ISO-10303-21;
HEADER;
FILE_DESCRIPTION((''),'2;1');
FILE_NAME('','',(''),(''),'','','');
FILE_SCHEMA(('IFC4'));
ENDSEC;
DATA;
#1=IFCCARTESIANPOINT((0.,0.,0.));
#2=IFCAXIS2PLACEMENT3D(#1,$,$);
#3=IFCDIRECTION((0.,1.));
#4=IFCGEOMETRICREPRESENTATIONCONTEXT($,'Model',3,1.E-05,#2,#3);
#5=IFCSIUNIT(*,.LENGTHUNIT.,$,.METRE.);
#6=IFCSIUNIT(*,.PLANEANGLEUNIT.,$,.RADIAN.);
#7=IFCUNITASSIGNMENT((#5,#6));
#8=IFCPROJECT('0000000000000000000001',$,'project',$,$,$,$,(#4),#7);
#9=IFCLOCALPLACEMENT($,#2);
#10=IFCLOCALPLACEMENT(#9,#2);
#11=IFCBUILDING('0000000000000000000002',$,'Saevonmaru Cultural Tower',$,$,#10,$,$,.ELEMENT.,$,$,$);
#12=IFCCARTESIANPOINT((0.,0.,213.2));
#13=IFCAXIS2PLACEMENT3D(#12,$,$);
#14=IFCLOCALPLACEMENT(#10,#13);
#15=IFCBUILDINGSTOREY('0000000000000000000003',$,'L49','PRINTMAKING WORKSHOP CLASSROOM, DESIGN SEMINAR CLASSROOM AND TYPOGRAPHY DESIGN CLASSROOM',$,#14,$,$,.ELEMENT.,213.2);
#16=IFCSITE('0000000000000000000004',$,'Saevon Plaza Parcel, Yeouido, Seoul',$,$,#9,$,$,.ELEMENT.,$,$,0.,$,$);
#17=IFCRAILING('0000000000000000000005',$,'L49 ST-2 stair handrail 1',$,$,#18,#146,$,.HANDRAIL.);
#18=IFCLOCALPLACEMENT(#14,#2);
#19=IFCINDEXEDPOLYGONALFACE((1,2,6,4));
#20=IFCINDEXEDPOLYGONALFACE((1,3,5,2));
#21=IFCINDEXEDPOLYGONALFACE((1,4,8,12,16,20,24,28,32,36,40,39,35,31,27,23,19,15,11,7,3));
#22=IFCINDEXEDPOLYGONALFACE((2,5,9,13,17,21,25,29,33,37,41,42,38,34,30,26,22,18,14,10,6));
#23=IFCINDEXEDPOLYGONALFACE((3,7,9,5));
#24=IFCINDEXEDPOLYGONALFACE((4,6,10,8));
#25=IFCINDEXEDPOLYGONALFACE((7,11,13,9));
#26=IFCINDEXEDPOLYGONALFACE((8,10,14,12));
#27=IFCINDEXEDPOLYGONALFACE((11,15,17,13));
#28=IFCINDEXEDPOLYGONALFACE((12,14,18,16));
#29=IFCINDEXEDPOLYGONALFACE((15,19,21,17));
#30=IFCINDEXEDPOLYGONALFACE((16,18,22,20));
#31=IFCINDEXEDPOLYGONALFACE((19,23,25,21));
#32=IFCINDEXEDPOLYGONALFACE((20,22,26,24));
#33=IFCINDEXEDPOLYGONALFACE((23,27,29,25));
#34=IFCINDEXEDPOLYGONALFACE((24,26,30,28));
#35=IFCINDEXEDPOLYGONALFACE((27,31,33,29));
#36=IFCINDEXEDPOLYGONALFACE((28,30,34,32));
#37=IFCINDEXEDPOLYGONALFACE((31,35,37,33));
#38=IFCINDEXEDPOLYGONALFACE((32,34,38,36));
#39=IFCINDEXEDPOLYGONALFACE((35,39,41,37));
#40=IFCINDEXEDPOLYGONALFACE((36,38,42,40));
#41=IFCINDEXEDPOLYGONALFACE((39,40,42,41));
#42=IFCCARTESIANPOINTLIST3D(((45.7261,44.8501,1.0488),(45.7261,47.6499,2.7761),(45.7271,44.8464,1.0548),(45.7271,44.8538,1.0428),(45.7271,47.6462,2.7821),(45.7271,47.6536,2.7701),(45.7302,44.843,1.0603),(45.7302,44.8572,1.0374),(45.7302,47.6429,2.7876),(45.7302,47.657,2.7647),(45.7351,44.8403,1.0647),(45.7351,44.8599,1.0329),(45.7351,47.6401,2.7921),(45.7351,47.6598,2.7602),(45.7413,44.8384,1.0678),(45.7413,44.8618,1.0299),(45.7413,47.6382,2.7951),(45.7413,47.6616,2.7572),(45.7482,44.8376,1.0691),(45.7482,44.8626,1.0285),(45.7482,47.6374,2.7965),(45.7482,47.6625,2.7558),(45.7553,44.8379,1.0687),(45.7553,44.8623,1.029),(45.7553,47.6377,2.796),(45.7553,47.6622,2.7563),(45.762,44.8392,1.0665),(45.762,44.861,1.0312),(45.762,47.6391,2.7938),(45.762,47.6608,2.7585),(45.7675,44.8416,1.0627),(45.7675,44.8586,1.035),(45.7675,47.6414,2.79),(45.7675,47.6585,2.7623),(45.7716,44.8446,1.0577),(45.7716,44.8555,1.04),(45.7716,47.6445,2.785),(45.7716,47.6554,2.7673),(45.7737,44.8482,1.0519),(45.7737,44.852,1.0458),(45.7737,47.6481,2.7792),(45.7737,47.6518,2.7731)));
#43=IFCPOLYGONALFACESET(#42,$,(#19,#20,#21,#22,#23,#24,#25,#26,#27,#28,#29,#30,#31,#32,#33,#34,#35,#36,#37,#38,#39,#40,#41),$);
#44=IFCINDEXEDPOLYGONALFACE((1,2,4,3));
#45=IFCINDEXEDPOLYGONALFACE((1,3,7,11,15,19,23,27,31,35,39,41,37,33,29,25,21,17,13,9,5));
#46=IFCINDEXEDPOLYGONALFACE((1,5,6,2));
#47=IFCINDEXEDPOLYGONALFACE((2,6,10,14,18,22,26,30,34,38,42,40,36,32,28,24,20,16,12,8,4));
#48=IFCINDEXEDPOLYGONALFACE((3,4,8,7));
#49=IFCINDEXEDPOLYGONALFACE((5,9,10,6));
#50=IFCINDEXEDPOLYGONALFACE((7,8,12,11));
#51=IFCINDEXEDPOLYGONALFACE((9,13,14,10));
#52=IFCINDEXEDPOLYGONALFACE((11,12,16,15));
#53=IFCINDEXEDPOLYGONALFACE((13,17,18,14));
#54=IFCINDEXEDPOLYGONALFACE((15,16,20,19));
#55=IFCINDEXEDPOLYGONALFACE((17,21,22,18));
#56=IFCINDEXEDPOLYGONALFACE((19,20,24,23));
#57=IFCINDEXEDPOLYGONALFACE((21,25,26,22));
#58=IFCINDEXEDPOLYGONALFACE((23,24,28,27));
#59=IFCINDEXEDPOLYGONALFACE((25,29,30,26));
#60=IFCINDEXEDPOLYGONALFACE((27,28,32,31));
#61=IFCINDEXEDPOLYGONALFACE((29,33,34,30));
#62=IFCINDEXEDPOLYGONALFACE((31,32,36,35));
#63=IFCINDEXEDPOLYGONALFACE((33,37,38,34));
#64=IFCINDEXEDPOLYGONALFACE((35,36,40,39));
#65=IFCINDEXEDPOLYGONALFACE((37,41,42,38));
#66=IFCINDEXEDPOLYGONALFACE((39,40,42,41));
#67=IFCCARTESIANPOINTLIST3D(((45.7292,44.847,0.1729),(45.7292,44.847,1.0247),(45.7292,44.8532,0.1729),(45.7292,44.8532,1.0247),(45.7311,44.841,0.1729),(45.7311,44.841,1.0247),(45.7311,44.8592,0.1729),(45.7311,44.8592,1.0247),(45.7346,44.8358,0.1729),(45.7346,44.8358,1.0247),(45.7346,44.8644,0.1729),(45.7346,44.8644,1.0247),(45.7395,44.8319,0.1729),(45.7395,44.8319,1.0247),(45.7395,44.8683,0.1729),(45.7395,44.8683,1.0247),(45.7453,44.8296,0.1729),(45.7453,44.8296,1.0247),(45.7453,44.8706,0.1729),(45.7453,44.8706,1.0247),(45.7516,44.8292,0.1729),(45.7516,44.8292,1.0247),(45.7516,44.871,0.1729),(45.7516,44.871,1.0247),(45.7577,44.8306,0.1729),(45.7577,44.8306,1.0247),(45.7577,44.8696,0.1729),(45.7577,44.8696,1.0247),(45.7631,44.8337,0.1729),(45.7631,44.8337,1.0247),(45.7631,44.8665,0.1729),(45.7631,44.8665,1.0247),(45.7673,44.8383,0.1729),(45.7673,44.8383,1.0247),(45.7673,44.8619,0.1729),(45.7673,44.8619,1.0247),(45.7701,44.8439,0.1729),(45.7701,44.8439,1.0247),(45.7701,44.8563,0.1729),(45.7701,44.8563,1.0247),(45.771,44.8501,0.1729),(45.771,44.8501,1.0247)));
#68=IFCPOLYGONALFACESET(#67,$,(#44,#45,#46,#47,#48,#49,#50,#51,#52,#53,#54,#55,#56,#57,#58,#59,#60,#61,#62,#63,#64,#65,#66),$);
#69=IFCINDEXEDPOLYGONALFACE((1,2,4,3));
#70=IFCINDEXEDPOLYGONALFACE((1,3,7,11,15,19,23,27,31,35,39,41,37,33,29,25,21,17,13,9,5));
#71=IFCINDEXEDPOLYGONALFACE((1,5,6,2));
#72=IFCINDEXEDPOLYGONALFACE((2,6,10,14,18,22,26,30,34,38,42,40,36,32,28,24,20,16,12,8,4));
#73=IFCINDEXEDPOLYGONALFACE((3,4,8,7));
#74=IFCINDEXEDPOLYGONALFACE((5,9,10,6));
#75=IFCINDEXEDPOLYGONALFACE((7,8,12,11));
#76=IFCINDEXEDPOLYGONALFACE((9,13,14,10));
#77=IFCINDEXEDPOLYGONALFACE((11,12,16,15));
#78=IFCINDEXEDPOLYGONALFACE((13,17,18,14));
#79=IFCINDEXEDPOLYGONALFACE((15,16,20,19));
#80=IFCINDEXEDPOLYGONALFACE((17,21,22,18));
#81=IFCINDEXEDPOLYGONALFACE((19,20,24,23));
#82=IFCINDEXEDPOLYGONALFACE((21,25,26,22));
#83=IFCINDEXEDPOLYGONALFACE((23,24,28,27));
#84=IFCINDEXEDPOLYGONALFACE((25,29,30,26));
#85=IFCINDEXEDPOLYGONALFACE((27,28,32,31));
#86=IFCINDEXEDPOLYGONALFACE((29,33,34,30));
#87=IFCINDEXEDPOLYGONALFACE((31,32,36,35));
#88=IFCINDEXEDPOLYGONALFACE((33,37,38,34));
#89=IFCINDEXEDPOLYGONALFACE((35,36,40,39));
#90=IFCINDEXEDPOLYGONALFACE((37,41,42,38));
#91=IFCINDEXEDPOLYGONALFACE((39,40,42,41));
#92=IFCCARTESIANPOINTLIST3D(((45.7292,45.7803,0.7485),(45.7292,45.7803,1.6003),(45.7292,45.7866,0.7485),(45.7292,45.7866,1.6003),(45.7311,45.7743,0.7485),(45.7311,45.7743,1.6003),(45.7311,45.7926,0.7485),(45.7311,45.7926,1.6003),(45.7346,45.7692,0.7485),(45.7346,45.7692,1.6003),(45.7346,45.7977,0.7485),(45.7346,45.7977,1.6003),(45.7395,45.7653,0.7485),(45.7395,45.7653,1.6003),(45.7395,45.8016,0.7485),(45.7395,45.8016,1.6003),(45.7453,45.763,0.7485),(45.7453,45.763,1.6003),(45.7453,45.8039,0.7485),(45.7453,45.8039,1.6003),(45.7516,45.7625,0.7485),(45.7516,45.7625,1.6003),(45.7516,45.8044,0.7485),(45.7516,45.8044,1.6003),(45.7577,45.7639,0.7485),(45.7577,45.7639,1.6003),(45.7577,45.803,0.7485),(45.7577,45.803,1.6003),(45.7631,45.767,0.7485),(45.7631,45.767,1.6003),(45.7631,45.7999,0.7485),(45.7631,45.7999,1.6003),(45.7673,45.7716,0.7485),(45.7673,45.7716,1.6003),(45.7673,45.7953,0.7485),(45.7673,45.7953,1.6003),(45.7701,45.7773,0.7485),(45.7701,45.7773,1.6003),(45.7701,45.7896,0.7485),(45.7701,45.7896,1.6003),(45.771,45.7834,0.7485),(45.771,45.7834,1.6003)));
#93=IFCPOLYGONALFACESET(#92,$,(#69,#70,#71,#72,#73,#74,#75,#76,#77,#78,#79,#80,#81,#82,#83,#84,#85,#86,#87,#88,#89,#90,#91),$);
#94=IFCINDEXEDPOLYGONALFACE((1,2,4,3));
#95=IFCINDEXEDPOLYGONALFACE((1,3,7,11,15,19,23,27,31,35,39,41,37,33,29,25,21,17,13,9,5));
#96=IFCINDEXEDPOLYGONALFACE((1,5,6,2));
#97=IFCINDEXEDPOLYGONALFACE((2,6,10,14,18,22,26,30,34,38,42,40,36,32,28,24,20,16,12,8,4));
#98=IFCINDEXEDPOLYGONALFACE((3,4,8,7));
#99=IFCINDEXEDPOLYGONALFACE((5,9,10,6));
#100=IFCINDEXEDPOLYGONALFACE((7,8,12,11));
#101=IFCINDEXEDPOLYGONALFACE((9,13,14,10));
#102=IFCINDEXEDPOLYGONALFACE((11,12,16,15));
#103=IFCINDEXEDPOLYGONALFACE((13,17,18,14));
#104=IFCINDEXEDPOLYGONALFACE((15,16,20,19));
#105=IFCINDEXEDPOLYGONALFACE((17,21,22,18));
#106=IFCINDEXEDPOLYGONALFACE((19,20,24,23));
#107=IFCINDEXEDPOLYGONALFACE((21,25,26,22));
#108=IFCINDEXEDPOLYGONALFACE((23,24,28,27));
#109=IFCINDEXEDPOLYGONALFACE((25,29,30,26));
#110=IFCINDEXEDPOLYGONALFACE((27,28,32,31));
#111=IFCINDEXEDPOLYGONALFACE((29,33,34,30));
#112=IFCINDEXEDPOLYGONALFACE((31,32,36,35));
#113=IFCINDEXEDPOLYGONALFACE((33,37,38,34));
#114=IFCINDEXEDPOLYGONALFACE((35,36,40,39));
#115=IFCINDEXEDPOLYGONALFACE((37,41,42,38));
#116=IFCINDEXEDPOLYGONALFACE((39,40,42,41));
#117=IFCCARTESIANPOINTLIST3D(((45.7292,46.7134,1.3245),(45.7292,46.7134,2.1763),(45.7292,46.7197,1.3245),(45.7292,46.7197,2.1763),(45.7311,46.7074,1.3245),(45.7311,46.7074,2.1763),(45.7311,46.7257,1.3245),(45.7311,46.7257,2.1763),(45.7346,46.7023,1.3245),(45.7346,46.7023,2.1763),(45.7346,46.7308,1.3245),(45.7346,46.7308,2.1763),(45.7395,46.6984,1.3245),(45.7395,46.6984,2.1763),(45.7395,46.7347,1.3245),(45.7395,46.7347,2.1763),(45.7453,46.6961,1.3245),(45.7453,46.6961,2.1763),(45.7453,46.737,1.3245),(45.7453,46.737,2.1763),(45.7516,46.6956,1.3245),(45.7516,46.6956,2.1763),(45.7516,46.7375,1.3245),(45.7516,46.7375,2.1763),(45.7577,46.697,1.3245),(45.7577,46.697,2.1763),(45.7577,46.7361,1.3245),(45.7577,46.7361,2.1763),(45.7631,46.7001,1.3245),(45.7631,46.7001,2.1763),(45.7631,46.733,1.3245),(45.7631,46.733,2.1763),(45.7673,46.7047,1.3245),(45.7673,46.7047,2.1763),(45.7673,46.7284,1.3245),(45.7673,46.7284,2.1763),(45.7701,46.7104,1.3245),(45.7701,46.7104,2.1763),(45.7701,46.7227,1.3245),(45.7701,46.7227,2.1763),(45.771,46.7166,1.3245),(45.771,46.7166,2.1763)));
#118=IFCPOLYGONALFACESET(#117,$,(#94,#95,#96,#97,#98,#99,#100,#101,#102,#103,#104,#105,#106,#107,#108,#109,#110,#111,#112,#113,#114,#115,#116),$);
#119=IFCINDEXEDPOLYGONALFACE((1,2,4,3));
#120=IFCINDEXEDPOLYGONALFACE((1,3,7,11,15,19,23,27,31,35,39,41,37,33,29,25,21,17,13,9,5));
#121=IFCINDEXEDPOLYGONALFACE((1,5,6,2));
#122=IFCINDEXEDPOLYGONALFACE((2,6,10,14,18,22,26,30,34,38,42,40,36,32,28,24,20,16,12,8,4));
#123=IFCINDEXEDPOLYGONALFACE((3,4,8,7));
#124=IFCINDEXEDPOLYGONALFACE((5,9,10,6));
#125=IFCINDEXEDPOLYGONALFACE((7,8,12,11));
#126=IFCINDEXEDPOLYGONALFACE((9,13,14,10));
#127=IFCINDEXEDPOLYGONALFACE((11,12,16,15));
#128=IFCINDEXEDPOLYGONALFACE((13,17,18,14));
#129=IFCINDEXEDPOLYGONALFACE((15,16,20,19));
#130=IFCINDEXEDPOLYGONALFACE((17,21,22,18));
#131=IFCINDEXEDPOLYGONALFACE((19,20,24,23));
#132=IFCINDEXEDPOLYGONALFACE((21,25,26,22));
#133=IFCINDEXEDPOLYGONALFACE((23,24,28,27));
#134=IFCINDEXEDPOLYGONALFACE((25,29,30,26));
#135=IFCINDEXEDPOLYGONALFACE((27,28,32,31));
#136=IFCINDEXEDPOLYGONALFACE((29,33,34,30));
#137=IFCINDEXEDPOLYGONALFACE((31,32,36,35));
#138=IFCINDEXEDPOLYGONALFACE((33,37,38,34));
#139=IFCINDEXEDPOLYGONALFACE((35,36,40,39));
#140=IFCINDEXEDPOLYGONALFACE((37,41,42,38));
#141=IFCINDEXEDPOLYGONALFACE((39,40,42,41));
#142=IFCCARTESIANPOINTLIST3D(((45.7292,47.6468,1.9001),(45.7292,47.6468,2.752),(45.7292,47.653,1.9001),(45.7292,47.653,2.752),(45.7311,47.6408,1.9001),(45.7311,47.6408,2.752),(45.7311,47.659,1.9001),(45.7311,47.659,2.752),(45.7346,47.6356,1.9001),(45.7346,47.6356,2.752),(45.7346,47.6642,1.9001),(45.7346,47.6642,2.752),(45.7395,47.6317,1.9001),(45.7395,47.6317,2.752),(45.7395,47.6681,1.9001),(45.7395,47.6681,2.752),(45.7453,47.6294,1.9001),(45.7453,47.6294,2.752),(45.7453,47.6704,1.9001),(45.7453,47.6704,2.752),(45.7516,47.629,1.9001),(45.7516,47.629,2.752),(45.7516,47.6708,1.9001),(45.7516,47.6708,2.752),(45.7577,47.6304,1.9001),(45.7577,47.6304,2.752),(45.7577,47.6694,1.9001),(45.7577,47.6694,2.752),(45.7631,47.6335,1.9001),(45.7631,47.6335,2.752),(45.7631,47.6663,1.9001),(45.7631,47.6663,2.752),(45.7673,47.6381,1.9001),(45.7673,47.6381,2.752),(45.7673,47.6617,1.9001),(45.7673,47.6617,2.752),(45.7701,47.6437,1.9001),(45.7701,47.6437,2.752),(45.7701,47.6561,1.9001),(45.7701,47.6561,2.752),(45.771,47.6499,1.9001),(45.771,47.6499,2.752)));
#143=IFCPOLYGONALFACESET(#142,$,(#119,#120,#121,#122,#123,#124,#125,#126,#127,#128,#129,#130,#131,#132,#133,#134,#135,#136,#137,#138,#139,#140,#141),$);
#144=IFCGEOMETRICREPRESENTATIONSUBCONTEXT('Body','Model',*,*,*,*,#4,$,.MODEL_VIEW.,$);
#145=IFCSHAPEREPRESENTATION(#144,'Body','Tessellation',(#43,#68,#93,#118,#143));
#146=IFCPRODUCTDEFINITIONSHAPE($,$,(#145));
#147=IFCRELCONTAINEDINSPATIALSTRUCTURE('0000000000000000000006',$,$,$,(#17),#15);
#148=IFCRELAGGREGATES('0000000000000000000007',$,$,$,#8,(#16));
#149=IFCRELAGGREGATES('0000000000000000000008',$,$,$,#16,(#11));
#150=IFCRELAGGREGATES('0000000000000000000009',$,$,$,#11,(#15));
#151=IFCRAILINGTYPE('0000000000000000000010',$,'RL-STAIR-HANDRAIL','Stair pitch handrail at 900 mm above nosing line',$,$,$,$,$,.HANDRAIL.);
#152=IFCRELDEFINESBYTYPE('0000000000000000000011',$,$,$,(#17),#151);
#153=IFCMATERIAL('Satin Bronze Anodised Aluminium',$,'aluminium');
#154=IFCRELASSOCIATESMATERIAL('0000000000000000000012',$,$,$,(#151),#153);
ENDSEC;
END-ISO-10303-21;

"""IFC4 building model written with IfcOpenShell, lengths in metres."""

from ifc_helpers import new_model, si_unit, direction, frame, origin, origin_2d, place, context, subcontext, project, spatial, circle, extrude, material, type_object, element, save


model = new_model("IFC4")

# Units and contexts
model_context = context("Model", 3, precision=1e-05, world=origin(), true_north=direction((0.0, 1.0)))
body_context = subcontext(model_context, "Body", "Model", "MODEL_VIEW")
ifc_project = project(units=[si_unit("LENGTHUNIT", "METRE"), si_unit("PLANEANGLEUNIT", "RADIAN")], contexts=[model_context])

# Site, building, storey
site_placement = place(None, origin())
site = spatial("IfcSite", under=ifc_project, at=site_placement, Name="Saevon Plaza Parcel, Yeouido, Seoul", CompositionType="ELEMENT", RefElevation=0.0)
building_placement = place(site_placement, origin())
building = spatial("IfcBuilding", under=site, at=building_placement, Name="Saevonmaru Cultural Tower", CompositionType="ELEMENT")
storey_placement = place(building_placement, frame((0.0, 0.0, 213.2)))
storey = spatial("IfcBuildingStorey", under=building, at=storey_placement, Name="L49", Description="PRINTMAKING WORKSHOP CLASSROOM, DESIGN SEMINAR CLASSROOM AND TYPOGRAPHY DESIGN CLASSROOM", CompositionType="ELEMENT", Elevation=213.2)

# Shared definitions
ifc_material_1 = material(Name="Satin Bronze Anodised Aluminium", Category="aluminium")

# Railing
railing_type_1 = type_object("IfcRailingType", Name="RL-STAIR-HANDRAIL", Description="Stair pitch handrail at 900 mm above nosing line", PredefinedType="HANDRAIL", material=ifc_material_1)
railing_1_placement = place(storey_placement, frame((45.75, 44.8501, 0.1729)))
element("IfcRailing", 1, at=railing_1_placement, inside=storey, type_object=railing_type_1, Name="L49 ST-2 stair handrail 1", PredefinedType="HANDRAIL", context=body_context, shape_type="SweptSolid", body=[
    extrude(circle(Radius=0.0239, at=origin_2d()), frame((0.0, 0.0, 0.876), z_axis=(0.0, 0.851069, 0.525054), x_axis=(-1.0, 0.0, 0.0)), (0.0, 0.0, 1.0), 3.2898),
    extrude(circle(Radius=0.021, at=origin_2d()), origin(), (0.0, 0.0, 1.0), 0.8518),
    extrude(circle(Radius=0.021, at=origin_2d()), frame((0.0, 0.9333, 0.5757)), (0.0, 0.0, 1.0), 0.8518),
    extrude(circle(Radius=0.021, at=origin_2d()), frame((0.0, 1.8665, 1.1516)), (0.0, 0.0, 1.0), 0.8518),
    extrude(circle(Radius=0.021, at=origin_2d()), frame((0.0, 2.7998, 1.7273)), (0.0, 0.0, 1.0), 0.8518),
])

save(model, "model.ifc")
